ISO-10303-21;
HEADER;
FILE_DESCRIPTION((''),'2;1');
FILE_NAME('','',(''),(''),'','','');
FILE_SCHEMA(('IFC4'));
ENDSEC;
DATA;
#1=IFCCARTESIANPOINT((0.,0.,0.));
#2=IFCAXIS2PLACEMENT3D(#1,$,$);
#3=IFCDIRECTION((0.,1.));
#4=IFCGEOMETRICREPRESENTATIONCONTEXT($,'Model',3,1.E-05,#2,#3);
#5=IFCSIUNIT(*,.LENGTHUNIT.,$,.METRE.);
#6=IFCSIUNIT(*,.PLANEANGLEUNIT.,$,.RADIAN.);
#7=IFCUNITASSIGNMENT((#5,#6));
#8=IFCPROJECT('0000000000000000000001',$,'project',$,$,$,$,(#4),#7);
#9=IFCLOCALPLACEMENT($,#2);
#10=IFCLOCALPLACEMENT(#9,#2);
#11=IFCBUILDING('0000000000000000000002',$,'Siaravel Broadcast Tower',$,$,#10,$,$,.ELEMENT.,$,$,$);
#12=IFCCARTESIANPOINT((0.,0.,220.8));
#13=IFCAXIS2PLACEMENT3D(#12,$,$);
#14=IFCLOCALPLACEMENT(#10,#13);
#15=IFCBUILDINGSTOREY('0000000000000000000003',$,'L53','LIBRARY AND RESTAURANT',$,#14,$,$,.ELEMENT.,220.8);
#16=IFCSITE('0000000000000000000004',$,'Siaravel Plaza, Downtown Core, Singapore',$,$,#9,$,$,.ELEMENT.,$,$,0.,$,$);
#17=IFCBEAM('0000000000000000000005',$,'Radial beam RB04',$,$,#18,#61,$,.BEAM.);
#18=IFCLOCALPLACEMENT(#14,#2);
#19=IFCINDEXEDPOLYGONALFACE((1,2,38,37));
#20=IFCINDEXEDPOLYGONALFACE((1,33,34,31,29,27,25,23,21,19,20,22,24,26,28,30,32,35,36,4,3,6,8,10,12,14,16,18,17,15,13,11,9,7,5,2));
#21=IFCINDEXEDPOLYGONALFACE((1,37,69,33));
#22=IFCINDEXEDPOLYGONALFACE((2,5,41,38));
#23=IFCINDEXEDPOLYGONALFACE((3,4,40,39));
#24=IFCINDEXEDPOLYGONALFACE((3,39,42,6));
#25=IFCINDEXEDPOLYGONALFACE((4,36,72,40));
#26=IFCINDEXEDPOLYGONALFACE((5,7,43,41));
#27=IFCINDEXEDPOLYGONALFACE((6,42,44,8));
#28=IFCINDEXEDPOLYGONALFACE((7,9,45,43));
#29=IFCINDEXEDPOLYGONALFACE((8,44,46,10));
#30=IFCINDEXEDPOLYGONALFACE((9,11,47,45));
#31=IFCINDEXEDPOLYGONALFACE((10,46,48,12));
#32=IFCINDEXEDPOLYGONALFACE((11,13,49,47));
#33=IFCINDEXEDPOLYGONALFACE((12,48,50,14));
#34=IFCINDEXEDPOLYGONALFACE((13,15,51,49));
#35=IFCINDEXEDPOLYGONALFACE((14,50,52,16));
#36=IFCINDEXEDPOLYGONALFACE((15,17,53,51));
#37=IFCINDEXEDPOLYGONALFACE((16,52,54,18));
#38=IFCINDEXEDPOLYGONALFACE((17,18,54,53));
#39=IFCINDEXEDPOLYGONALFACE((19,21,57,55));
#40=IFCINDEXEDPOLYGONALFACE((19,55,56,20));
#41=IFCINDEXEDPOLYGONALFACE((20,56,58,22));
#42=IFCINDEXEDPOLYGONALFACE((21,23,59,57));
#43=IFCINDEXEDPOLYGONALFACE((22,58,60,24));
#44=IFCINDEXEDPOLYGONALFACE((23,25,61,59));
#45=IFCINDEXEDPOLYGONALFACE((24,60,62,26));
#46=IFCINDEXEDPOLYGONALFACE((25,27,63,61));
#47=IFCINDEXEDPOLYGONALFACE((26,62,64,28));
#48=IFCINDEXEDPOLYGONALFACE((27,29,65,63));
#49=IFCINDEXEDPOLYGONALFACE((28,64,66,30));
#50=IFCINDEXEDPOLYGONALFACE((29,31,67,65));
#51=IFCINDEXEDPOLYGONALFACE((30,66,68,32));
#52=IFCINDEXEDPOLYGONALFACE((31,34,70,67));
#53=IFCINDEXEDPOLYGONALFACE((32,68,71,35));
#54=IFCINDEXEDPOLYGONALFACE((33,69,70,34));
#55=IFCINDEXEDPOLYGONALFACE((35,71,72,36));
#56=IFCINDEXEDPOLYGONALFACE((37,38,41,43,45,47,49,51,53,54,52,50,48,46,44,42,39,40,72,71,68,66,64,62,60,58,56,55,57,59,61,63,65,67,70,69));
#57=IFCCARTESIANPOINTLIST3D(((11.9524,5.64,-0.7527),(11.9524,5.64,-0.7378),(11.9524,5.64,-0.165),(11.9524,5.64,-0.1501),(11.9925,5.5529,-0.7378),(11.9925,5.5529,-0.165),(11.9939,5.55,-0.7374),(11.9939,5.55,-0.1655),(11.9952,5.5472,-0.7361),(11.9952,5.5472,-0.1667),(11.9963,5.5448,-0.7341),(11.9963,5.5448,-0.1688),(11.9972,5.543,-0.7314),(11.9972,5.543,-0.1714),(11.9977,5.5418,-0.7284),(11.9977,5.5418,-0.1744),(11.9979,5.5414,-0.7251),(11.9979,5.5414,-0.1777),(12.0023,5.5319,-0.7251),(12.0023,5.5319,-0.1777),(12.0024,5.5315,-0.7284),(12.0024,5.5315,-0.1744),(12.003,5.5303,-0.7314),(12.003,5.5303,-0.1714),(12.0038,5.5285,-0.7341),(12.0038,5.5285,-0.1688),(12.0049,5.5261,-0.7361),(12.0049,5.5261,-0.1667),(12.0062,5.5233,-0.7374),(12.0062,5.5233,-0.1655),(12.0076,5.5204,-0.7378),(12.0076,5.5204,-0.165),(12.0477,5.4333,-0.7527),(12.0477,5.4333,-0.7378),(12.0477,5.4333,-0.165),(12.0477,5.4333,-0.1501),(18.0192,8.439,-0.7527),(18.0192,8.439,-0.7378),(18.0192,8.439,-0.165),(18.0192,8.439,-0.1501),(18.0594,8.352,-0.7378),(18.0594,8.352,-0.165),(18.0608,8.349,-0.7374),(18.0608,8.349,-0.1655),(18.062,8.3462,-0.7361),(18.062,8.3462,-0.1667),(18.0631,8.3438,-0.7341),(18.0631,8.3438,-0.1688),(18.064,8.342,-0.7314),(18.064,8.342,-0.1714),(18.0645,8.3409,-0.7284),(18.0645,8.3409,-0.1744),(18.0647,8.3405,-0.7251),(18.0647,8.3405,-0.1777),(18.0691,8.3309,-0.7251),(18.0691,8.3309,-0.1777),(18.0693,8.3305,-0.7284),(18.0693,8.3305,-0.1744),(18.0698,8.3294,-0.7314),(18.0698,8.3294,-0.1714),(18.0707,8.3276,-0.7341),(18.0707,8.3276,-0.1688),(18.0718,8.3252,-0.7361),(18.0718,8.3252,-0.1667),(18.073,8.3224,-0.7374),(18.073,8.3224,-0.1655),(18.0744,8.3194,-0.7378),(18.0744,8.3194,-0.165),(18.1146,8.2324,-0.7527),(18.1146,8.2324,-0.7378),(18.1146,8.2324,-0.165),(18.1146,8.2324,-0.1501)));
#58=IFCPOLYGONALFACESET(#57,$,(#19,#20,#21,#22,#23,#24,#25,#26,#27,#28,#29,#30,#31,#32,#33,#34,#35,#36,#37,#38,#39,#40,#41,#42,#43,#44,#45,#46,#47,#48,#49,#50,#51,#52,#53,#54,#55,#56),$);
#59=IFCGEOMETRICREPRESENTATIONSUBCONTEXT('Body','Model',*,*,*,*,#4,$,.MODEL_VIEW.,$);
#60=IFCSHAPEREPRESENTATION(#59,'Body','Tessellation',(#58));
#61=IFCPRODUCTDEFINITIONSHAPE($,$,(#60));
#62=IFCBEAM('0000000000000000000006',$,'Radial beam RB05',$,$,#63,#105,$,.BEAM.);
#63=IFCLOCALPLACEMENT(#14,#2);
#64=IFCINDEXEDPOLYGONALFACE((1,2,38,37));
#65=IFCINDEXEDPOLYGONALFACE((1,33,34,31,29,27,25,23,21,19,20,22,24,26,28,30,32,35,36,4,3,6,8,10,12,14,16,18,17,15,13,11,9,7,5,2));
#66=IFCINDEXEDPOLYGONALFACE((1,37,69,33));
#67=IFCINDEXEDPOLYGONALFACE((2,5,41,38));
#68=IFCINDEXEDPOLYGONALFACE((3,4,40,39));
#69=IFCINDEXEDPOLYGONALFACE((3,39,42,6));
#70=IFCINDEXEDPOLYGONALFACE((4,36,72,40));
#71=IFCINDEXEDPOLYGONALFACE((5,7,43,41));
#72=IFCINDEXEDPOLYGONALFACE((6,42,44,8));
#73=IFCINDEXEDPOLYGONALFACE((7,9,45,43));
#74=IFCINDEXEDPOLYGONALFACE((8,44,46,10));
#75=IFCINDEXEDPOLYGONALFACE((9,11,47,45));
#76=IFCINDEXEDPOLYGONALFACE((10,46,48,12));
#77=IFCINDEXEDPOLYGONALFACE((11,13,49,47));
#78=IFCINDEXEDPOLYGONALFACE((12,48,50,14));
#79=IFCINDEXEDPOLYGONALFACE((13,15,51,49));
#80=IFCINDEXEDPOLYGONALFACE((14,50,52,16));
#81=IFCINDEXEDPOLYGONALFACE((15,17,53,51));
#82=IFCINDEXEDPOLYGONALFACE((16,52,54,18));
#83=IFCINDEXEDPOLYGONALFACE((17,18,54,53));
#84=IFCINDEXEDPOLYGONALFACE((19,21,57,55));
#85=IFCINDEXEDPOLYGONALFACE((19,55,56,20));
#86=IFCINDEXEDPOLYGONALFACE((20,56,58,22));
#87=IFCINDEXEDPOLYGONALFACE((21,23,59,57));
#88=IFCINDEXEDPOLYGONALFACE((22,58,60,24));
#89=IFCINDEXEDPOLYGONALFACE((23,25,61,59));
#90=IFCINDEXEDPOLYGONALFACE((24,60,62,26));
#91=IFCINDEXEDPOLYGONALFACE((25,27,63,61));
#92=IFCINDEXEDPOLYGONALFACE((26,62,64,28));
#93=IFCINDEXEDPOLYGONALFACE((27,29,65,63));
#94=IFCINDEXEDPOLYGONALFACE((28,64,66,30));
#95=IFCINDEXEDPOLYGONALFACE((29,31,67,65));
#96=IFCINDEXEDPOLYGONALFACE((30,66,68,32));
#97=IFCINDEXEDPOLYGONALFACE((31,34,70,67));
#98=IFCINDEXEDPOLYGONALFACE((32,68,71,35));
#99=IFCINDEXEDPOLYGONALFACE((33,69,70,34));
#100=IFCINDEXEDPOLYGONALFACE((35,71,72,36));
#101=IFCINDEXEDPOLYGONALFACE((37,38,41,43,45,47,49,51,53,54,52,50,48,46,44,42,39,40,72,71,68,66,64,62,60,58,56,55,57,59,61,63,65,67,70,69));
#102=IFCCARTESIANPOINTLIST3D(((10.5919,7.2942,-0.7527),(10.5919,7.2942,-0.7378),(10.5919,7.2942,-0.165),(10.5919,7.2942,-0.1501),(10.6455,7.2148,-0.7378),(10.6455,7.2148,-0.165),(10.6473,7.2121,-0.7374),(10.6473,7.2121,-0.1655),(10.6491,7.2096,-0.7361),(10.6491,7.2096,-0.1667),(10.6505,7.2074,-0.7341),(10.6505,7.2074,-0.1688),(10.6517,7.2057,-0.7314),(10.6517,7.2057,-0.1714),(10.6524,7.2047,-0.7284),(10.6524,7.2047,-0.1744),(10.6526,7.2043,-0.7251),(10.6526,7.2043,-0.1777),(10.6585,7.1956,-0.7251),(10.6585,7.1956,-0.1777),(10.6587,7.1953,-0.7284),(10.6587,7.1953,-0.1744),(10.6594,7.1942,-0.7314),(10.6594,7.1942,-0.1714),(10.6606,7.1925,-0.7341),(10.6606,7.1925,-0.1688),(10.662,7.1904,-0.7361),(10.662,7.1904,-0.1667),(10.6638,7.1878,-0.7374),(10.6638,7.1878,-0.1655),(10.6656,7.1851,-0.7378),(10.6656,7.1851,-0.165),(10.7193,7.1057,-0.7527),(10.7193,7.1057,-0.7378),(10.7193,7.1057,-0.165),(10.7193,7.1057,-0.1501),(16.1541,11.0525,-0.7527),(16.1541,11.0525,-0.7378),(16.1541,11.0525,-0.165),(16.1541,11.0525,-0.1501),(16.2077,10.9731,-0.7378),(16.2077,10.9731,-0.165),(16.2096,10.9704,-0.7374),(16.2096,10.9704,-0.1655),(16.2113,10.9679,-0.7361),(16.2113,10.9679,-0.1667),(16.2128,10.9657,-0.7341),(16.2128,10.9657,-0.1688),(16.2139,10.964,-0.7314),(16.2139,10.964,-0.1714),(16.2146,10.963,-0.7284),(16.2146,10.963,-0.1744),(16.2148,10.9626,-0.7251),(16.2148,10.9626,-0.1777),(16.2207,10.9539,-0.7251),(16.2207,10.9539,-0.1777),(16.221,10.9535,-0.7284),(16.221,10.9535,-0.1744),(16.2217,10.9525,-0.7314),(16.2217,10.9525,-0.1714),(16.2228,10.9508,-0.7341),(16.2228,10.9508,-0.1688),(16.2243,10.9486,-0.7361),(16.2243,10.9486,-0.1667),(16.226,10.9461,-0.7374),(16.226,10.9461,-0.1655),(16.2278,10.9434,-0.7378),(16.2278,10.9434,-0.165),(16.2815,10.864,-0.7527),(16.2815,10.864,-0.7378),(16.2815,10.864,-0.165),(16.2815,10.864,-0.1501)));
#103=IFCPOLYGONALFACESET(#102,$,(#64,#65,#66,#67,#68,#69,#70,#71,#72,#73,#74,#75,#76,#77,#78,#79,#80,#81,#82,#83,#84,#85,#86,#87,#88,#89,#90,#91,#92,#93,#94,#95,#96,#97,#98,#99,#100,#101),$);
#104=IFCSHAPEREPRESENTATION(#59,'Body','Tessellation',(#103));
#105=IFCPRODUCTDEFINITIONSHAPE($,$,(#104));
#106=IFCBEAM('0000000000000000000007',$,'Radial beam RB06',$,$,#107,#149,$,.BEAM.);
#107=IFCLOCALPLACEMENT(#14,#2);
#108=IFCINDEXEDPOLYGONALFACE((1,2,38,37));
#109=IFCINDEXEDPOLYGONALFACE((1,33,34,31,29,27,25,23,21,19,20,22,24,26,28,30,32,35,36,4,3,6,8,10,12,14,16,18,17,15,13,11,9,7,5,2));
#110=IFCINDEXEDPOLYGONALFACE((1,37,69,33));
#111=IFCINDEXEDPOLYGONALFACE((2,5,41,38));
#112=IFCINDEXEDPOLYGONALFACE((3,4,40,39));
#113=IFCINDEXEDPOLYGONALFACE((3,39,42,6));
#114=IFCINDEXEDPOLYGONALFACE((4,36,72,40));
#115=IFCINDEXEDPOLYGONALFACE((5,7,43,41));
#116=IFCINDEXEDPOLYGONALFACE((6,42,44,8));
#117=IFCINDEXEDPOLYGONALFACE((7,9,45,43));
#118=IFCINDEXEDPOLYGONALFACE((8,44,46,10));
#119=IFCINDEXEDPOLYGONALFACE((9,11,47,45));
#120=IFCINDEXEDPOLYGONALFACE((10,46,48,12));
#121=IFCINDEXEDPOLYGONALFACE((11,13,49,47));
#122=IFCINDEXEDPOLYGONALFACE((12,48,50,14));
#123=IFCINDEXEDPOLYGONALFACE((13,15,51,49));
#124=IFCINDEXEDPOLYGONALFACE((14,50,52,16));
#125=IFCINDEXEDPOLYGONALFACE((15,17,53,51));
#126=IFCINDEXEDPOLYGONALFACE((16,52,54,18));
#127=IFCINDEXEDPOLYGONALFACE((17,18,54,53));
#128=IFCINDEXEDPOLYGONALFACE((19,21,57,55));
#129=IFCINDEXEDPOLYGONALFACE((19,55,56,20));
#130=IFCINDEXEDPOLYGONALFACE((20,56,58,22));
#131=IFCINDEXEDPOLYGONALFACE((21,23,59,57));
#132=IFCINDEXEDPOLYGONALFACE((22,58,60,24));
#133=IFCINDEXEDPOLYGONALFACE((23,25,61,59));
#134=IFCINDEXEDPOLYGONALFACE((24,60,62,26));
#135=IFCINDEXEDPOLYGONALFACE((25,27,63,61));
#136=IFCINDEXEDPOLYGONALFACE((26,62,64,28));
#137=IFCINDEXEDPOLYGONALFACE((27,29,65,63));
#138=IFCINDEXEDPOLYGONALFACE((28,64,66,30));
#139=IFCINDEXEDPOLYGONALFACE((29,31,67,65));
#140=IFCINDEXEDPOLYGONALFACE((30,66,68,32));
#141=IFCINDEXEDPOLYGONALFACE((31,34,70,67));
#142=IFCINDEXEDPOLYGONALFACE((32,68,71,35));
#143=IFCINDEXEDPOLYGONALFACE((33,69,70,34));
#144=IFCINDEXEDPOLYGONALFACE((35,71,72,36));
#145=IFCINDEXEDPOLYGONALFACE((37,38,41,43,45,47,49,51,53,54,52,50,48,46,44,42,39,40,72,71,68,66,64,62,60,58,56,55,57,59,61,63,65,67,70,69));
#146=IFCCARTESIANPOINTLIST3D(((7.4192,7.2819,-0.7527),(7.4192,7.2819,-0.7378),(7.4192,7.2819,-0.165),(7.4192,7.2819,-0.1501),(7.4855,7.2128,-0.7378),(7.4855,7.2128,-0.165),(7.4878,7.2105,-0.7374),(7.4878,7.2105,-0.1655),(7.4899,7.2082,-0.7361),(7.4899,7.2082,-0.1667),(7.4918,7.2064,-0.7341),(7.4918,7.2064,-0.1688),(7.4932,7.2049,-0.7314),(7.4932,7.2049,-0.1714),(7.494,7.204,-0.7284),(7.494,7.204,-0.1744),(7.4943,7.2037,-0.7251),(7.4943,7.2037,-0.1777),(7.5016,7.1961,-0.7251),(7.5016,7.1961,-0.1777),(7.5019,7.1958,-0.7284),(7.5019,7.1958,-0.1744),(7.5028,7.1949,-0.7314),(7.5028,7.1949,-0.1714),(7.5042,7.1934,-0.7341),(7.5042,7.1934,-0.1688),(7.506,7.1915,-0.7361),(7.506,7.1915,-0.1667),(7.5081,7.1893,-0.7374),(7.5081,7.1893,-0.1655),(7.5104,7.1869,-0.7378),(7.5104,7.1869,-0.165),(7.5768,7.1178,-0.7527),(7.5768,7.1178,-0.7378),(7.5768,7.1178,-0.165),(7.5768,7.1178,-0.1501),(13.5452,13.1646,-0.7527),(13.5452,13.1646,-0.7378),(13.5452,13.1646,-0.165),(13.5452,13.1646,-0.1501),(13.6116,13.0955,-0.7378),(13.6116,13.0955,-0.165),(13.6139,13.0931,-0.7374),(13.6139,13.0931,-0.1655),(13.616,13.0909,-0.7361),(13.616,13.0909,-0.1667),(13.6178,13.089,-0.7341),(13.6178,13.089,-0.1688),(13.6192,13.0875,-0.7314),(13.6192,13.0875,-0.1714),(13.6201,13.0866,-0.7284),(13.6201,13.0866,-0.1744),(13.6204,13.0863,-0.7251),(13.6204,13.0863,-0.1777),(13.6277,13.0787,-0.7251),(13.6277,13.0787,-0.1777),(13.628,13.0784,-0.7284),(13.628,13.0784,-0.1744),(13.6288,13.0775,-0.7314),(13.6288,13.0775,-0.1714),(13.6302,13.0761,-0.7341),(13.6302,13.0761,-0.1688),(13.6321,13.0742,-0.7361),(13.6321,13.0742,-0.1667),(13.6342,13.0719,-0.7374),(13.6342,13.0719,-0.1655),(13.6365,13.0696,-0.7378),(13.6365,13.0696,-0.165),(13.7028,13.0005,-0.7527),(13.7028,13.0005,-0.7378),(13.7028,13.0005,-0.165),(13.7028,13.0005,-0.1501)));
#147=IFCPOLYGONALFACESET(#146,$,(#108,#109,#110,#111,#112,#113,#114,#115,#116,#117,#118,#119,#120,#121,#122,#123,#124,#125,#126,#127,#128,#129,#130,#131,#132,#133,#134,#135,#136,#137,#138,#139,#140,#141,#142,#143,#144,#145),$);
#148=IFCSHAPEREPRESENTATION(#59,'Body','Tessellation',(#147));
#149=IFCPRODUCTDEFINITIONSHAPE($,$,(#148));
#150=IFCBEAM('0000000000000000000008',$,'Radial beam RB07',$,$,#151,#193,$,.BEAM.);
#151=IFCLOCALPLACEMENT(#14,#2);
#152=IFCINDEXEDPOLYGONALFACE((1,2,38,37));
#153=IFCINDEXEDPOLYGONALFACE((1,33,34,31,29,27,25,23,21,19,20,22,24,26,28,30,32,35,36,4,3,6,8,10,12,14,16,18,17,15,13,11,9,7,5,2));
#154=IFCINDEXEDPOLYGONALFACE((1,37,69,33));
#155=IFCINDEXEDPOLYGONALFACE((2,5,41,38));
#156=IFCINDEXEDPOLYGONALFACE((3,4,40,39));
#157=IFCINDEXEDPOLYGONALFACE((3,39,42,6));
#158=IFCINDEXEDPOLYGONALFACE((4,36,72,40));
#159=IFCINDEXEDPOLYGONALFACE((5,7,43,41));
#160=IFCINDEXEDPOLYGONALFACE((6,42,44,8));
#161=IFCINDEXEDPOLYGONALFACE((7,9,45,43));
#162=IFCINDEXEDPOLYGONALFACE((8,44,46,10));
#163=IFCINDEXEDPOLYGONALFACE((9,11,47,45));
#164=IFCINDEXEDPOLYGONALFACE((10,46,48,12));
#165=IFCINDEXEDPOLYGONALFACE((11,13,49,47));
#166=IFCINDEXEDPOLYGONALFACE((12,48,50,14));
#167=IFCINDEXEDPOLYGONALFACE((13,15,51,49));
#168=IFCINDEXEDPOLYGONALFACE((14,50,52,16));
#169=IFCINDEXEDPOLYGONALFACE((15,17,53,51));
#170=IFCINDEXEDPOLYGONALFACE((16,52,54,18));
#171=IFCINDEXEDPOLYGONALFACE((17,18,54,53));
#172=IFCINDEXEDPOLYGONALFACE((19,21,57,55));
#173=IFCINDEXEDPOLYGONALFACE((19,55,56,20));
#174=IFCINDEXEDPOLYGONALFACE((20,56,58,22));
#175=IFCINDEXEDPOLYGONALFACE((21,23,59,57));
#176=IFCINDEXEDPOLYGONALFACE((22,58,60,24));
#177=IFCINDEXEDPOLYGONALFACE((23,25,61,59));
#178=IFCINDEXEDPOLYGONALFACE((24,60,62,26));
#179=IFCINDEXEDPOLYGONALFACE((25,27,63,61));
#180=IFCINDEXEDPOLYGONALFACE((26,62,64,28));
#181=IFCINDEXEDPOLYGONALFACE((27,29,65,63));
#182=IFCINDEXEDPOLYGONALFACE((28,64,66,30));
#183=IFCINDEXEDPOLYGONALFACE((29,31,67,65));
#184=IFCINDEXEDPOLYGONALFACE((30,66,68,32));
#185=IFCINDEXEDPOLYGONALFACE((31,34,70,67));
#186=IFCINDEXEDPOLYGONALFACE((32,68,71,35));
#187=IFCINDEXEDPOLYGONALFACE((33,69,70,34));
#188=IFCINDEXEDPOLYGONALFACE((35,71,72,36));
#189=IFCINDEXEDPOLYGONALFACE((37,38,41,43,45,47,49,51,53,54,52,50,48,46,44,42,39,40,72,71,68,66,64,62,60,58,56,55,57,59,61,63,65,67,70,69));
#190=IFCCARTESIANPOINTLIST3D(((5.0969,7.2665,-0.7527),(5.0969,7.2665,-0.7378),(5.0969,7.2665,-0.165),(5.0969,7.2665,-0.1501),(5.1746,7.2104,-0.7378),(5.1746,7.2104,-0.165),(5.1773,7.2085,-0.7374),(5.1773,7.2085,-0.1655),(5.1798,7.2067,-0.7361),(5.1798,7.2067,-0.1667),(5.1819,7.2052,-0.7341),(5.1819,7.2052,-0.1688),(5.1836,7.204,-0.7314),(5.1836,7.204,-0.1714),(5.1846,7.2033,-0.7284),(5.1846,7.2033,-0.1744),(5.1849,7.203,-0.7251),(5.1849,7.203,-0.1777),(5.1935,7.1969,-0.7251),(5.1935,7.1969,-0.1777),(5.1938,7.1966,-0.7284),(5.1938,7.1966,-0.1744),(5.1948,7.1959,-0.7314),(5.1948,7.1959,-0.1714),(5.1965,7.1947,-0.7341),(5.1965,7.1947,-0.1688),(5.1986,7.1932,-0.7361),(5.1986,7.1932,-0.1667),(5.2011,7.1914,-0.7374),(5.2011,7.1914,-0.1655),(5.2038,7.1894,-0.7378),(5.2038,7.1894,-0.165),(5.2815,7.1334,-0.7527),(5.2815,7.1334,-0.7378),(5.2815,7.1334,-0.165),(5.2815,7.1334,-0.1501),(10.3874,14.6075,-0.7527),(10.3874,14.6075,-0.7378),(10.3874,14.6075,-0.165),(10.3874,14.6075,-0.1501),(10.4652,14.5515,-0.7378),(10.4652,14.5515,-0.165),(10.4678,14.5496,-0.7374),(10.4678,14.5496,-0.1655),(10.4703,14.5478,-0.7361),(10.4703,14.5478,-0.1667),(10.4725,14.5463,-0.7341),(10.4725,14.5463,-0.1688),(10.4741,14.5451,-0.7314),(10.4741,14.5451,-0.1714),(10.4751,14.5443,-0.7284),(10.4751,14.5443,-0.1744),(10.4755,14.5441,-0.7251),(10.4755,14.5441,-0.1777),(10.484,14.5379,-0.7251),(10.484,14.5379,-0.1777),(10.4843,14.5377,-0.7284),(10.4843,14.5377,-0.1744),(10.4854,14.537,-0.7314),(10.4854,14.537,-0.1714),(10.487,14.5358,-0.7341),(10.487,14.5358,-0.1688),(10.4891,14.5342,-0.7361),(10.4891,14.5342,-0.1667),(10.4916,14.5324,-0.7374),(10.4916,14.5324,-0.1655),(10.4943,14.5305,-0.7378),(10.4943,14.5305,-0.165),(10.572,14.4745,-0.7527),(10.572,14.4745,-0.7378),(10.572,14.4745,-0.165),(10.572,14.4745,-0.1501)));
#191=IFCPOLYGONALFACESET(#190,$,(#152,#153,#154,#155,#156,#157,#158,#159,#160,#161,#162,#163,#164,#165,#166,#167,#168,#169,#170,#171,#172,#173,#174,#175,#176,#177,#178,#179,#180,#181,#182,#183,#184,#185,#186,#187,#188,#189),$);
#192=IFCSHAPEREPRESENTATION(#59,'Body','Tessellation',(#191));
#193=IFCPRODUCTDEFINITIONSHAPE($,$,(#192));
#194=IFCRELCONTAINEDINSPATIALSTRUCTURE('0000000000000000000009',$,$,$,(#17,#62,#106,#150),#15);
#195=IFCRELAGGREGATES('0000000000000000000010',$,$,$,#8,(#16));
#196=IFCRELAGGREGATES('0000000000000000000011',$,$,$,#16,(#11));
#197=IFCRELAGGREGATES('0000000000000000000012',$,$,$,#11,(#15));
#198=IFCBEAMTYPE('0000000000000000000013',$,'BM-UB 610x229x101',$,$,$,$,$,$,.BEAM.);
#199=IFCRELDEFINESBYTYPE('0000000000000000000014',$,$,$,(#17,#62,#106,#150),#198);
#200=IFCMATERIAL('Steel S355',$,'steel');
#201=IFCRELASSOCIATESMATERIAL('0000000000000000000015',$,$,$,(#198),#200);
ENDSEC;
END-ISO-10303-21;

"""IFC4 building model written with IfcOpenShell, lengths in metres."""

from ifc_helpers import new_model, si_unit, direction, frame, origin, origin_2d, place, context, subcontext, project, spatial, i_section, extrude, material, material_profile, profile_set, type_object, element, save


model = new_model("IFC4")

# Units and contexts
model_context = context("Model", 3, precision=1e-05, world=origin(), true_north=direction((0.0, 1.0)))
body_context = subcontext(model_context, "Body", "Model", "MODEL_VIEW")
ifc_project = project(units=[si_unit("LENGTHUNIT", "METRE"), si_unit("PLANEANGLEUNIT", "RADIAN")], contexts=[model_context])

# Site, building, storey
site_placement = place(None, origin())
site = spatial("IfcSite", under=ifc_project, at=site_placement, Name="Siaravel Plaza, Downtown Core, Singapore", CompositionType="ELEMENT", RefElevation=0.0)
building_placement = place(site_placement, origin())
building = spatial("IfcBuilding", under=site, at=building_placement, Name="Siaravel Broadcast Tower", CompositionType="ELEMENT")
storey_placement = place(building_placement, frame((0.0, 0.0, 220.8)))
storey = spatial("IfcBuildingStorey", under=building, at=storey_placement, Name="L53", Description="LIBRARY AND RESTAURANT", CompositionType="ELEMENT", Elevation=220.8)

# Beams
ifc_material_1 = material(Name="Steel S355", Category="steel")
ifc_material_profile_1 = material_profile(ifc_material_1, i_section(OverallWidth=0.2275, OverallDepth=0.6025, WebThickness=0.0105, FlangeThickness=0.0149, FilletRadius=0.0127, at=origin_2d()))
ifc_profile_set_1 = profile_set([ifc_material_profile_1], Name="Steel S355")
beam_type = type_object("IfcBeamType", Name="BM-UB 610x229x101", PredefinedType="BEAM", material=ifc_profile_set_1)
beam_1_placement = place(storey_placement, frame((18.0669, 8.3357, -0.4514), z_axis=(-0.908018, -0.418931, 0.0), x_axis=(0.418931, -0.908018, 0.0)))
element("IfcBeam", 1, at=beam_1_placement, inside=storey, type_object=beam_type, Name="Radial beam RB04", PredefinedType="BEAM", context=body_context, shape_type="SweptSolid", body=[
    extrude(i_section(OverallWidth=0.2275, OverallDepth=0.6025, WebThickness=0.0105, FlangeThickness=0.0149, FilletRadius=0.0127, at=origin_2d()), origin(), (0.0, 0.0, 1.0), 6.6814),
])
beam_2_placement = place(storey_placement, frame((16.2178, 10.9583, -0.4514), z_axis=(-0.828588, -0.559859, 0.0), x_axis=(0.559859, -0.828588, 0.0)))
element("IfcBeam", 2, at=beam_2_placement, inside=storey, type_object=beam_type, Name="Radial beam RB05", PredefinedType="BEAM", context=body_context, shape_type="SweptSolid", body=[
    extrude(i_section(OverallWidth=0.2275, OverallDepth=0.6025, WebThickness=0.0105, FlangeThickness=0.0149, FilletRadius=0.0127, at=origin_2d()), origin(), (0.0, 0.0, 1.0), 6.7129),
])
beam_3_placement = place(storey_placement, frame((13.624, 13.0825, -0.4514), z_axis=(-0.721291, -0.692632, 0.0), x_axis=(0.692632, -0.721291, 0.0)))
element("IfcBeam", 3, at=beam_3_placement, inside=storey, type_object=beam_type, Name="Radial beam RB06", PredefinedType="BEAM", context=body_context, shape_type="SweptSolid", body=[
    extrude(i_section(OverallWidth=0.2275, OverallDepth=0.6025, WebThickness=0.0105, FlangeThickness=0.0149, FilletRadius=0.0127, at=origin_2d()), origin(), (0.0, 0.0, 1.0), 8.4932),
])
beam_4_placement = place(storey_placement, frame((10.4797, 14.541, -0.4514), z_axis=(-0.584666, -0.811274, 0.0), x_axis=(0.811274, -0.584666, 0.0)))
element("IfcBeam", 4, at=beam_4_placement, inside=storey, type_object=beam_type, Name="Radial beam RB07", PredefinedType="BEAM", context=body_context, shape_type="SweptSolid", body=[
    extrude(i_section(OverallWidth=0.2275, OverallDepth=0.6025, WebThickness=0.0105, FlangeThickness=0.0149, FilletRadius=0.0127, at=origin_2d()), origin(), (0.0, 0.0, 1.0), 9.0488),
])

save(model, "model.ifc")
